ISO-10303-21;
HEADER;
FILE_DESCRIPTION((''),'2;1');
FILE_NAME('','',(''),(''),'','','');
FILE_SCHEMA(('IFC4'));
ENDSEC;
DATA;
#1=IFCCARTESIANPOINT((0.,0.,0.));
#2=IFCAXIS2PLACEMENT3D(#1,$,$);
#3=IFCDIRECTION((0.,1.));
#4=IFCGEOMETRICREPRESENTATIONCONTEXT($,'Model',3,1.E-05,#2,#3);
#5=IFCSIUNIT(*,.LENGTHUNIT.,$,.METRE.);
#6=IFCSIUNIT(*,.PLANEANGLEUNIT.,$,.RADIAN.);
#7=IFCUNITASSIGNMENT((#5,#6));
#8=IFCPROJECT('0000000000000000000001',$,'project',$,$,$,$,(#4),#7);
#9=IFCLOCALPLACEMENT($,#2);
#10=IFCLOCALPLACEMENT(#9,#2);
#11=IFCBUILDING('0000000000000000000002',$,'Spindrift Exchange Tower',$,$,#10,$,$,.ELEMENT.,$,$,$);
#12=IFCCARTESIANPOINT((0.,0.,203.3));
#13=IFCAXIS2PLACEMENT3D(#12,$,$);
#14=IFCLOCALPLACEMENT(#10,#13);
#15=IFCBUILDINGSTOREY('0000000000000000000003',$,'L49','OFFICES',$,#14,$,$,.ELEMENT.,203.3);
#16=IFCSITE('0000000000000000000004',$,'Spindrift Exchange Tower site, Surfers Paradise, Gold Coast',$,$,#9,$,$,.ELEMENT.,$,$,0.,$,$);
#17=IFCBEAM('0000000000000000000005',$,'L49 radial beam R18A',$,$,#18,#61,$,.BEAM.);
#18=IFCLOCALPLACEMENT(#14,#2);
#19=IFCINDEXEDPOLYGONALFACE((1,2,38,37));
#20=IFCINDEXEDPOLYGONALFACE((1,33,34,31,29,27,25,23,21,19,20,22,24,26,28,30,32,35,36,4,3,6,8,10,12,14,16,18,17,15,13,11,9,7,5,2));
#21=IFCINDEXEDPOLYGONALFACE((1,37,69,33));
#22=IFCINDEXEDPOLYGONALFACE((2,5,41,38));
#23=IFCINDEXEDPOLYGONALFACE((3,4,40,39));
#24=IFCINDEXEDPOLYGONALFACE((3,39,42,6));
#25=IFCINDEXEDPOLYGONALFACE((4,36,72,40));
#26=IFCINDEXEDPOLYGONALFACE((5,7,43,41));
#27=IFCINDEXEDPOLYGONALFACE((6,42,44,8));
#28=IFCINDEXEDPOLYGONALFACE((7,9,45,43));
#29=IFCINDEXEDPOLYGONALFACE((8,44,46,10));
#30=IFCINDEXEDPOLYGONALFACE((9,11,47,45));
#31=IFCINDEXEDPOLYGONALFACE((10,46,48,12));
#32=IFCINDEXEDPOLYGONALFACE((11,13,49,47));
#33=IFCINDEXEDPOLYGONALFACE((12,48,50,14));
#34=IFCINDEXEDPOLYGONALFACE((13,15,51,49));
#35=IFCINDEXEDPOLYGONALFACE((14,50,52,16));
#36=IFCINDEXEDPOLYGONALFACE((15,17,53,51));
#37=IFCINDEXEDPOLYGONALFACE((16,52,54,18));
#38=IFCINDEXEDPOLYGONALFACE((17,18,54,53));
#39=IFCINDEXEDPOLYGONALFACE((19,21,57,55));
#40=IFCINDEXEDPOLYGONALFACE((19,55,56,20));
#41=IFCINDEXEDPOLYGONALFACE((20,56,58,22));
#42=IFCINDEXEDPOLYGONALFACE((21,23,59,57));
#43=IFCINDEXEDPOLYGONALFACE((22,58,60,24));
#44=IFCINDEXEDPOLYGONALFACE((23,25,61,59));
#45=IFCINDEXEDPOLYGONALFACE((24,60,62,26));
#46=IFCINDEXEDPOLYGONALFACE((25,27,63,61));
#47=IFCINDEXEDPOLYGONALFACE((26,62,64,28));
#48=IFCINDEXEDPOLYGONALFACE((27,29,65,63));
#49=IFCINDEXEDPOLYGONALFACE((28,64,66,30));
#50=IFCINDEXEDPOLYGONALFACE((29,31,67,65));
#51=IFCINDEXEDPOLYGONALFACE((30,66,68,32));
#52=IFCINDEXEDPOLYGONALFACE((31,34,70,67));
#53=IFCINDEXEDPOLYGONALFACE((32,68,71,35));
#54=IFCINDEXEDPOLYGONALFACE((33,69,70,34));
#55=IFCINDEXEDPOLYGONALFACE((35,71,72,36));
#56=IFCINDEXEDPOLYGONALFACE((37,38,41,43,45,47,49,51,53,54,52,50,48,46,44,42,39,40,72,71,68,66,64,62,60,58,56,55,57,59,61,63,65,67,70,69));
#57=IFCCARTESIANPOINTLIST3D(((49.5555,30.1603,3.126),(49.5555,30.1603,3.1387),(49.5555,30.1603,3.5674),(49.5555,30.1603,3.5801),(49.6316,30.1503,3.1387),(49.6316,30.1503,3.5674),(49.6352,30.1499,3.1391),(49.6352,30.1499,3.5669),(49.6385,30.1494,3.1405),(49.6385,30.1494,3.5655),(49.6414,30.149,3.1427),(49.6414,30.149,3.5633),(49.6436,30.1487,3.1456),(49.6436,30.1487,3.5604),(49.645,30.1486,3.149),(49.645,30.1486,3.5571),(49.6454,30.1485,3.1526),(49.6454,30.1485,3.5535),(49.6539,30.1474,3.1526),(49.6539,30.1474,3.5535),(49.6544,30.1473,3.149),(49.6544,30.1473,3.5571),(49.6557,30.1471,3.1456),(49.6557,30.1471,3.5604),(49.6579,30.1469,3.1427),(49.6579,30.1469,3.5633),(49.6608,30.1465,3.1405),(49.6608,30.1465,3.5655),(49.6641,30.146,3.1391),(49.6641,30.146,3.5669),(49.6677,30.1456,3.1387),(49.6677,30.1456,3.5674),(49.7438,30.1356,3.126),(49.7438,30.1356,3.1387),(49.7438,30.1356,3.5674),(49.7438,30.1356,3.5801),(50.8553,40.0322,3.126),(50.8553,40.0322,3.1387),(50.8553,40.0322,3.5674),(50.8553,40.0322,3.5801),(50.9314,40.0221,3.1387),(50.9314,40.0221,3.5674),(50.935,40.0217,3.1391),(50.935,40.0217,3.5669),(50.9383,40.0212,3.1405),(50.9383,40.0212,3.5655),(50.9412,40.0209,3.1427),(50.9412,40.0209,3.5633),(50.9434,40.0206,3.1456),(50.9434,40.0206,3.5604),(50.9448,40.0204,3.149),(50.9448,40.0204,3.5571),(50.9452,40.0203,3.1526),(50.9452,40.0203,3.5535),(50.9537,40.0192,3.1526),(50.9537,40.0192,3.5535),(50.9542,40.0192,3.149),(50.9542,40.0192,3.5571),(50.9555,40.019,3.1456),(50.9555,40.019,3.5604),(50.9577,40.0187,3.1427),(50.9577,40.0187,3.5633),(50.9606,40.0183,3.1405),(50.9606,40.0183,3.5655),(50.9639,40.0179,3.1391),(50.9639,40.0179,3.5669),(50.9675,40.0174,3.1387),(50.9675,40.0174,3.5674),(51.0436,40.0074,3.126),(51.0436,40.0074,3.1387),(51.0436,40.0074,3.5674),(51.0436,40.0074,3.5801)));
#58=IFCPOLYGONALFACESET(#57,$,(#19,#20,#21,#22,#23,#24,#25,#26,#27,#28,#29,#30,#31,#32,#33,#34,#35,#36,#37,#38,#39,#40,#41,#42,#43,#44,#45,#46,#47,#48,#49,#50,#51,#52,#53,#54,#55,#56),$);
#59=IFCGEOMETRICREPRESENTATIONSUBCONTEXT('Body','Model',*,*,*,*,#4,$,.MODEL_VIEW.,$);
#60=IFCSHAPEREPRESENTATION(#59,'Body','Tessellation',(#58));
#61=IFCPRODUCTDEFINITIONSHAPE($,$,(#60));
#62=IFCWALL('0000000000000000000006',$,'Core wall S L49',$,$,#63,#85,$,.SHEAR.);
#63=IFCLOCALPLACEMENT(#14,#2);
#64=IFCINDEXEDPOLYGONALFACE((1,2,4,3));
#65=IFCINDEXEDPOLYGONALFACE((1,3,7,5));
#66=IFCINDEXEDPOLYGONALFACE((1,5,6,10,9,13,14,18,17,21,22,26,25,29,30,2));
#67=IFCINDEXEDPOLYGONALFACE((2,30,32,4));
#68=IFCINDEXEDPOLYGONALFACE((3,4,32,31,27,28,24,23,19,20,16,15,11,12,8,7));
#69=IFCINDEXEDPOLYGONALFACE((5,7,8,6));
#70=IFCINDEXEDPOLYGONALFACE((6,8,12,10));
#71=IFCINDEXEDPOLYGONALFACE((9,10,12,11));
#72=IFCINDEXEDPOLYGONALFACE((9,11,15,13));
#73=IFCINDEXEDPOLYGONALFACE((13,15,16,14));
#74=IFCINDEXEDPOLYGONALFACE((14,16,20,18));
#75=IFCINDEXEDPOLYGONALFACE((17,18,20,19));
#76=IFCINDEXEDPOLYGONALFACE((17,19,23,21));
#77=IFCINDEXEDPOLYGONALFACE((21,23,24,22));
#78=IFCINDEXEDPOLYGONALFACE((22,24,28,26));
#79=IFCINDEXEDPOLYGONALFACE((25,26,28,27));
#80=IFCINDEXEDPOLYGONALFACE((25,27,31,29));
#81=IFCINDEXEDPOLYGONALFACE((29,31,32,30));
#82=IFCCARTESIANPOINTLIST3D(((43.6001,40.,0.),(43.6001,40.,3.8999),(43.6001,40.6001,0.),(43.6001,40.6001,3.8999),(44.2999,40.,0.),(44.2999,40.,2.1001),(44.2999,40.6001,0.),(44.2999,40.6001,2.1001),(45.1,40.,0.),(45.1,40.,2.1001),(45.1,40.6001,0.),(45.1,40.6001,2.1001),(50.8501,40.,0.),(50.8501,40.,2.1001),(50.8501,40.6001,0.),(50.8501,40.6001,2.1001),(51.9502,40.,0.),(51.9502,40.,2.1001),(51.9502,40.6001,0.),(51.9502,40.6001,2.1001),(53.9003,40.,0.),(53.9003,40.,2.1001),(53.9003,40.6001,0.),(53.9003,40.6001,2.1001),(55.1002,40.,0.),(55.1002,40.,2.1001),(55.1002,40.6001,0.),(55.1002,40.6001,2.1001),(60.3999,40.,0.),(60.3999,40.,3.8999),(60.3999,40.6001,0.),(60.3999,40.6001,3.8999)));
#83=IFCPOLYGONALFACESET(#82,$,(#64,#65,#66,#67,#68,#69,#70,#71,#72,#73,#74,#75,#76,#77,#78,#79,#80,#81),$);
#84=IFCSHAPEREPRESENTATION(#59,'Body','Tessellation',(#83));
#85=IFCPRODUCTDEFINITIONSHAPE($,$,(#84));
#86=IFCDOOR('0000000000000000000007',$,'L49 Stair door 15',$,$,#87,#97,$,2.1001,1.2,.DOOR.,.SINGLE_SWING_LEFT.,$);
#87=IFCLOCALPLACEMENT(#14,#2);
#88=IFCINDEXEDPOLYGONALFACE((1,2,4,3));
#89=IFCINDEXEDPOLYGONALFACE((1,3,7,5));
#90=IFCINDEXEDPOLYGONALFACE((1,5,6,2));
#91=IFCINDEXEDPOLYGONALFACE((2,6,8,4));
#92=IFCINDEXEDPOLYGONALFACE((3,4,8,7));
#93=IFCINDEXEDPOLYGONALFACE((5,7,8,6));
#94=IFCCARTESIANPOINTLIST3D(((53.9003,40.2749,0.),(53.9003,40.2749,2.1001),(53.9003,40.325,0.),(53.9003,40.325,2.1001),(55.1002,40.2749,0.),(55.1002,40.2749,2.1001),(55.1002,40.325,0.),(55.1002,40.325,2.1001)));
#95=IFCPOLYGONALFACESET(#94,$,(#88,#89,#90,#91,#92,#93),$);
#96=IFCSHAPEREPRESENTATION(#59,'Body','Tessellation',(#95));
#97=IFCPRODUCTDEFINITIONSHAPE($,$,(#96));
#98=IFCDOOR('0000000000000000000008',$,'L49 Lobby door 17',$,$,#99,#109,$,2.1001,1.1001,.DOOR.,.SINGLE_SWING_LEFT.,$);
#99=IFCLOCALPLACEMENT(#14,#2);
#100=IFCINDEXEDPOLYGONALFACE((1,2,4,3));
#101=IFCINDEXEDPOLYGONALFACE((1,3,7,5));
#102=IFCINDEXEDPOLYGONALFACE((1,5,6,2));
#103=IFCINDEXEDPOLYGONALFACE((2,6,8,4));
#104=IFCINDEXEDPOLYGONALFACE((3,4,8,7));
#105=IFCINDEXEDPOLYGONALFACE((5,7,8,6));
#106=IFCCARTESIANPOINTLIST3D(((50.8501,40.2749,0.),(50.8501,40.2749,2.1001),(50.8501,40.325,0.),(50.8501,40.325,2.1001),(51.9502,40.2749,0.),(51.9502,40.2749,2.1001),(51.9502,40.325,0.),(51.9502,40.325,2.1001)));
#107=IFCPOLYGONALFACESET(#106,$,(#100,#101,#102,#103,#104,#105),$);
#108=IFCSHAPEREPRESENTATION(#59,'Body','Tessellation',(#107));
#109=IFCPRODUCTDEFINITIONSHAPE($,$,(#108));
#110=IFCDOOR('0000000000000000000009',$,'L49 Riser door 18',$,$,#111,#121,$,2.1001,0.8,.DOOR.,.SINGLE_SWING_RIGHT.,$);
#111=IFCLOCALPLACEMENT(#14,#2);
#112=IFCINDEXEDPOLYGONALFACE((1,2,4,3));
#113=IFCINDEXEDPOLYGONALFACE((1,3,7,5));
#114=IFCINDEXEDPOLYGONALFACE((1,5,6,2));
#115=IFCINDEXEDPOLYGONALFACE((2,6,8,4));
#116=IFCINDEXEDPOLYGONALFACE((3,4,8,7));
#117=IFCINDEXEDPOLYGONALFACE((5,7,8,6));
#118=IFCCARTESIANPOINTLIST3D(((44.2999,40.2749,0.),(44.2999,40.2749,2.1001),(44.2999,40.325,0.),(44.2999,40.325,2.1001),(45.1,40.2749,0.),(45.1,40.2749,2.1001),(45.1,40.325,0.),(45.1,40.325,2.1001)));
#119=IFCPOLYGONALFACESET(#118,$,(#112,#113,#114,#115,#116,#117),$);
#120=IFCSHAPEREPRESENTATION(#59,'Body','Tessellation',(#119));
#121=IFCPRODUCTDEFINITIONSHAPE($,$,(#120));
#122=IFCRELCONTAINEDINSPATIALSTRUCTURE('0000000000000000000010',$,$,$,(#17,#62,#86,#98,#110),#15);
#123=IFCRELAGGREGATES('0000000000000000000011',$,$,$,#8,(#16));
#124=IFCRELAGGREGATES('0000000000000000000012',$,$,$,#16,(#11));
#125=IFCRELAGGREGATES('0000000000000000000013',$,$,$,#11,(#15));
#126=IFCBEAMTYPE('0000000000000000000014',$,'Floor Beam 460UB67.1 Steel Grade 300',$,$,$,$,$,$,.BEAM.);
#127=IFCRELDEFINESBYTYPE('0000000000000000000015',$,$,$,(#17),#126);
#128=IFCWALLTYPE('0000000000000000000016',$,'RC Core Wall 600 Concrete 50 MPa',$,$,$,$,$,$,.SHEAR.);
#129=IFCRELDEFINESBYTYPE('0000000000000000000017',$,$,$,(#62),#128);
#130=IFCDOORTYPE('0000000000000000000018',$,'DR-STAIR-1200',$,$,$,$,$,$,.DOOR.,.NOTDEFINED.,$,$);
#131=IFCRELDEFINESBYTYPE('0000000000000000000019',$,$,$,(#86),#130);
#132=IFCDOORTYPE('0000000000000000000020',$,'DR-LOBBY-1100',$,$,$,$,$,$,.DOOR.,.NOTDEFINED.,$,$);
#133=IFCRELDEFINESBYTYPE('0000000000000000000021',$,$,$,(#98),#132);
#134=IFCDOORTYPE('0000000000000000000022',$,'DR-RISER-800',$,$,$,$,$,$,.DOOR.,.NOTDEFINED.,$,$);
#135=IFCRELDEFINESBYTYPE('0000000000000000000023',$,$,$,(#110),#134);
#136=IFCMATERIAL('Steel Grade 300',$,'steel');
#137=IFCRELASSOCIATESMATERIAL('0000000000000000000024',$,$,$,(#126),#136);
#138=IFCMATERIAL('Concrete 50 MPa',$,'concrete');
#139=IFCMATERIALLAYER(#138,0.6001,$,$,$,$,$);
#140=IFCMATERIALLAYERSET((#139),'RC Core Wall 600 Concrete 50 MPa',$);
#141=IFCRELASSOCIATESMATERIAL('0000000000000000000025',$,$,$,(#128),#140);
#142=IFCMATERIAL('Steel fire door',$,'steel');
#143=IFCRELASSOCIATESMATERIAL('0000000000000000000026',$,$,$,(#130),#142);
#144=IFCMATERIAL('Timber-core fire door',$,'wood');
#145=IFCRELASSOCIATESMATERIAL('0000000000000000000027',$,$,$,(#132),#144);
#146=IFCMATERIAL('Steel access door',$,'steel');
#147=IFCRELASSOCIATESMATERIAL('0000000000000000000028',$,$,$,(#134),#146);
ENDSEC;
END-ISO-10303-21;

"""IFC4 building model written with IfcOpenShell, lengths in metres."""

from ifc_helpers import new_model, si_unit, direction, frame, frame_2d, origin, origin_2d, place, context, subcontext, project, spatial, rectangle, i_section, extrude, source, transform, mapped, material, layer, layer_set, material_profile, profile_set, type_object, element, fill, save


model = new_model("IFC4")

# Units and contexts
model_context = context("Model", 3, precision=1e-05, world=origin(), true_north=direction((0.0, 1.0)))
body_context = subcontext(model_context, "Body", "Model", "MODEL_VIEW")
ifc_project = project(units=[si_unit("LENGTHUNIT", "METRE"), si_unit("PLANEANGLEUNIT", "RADIAN")], contexts=[model_context])

# Site, building, storey
site_placement = place(None, origin())
site = spatial("IfcSite", under=ifc_project, at=site_placement, Name="Spindrift Exchange Tower site, Surfers Paradise, Gold Coast", CompositionType="ELEMENT", RefElevation=0.0)
building_placement = place(site_placement, origin())
building = spatial("IfcBuilding", under=site, at=building_placement, Name="Spindrift Exchange Tower", CompositionType="ELEMENT")
storey_placement = place(building_placement, frame((0.0, 0.0, 203.3)))
storey = spatial("IfcBuildingStorey", under=building, at=storey_placement, Name="L49", Description="OFFICES", CompositionType="ELEMENT", Elevation=203.3)

# Beam
ifc_material_1 = material(Name="Steel Grade 300", Category="steel")
ifc_material_profile_1 = material_profile(ifc_material_1, i_section(OverallWidth=0.1899, OverallDepth=0.4541, WebThickness=0.0085, FlangeThickness=0.0127, FilletRadius=0.0139, at=origin_2d()), Name="460UB67.1")
ifc_profile_set_1 = profile_set([ifc_material_profile_1], Name="Steel Grade 300")
beam_type_1 = type_object("IfcBeamType", Name="Floor Beam 460UB67.1 Steel Grade 300", PredefinedType="BEAM", material=ifc_profile_set_1)
shared_shape_1 = source(origin(), body_context, "Body", "SweptSolid", [
    extrude(i_section(OverallWidth=0.1899, OverallDepth=0.4541, WebThickness=0.0085, FlangeThickness=0.0127, FilletRadius=0.0139, at=origin_2d()), origin(), (0.0, 0.0, 1.0), 9.957),
])
beam_1_placement = place(storey_placement, frame((50.9495, 40.0198, 3.353), z_axis=(-0.130541, -0.991443, 0.0), x_axis=(0.991443, -0.130541, 0.0)))
element("IfcBeam", 1, at=beam_1_placement, inside=storey, type_object=beam_type_1, Name="L49 radial beam R18A", PredefinedType="BEAM", context=body_context, shape_type="MappedRepresentation", body=[
    mapped(shared_shape_1, transform((0.0, 0.0, 0.0), scale=1.0)),
])

# Wall, openings, doors
ifc_material_2 = material(Name="Concrete 50 MPa", Category="concrete")
ifc_layer_1 = layer(ifc_material_2, 0.6001)
ifc_layer_set_1 = layer_set([ifc_layer_1], Name="RC Core Wall 600 Concrete 50 MPa")
wall_type_1 = type_object("IfcWallType", Name="RC Core Wall 600 Concrete 50 MPa", PredefinedType="SHEAR", material=ifc_layer_set_1)
wall_1_placement = place(storey_placement, frame((43.6001, 40.3, 0.0), z_axis=(0.0, 0.0, 1.0), x_axis=(1.0, 0.0, 0.0)))
wall_1 = element("IfcWall", 2, at=wall_1_placement, inside=storey, type_object=wall_type_1, Name="Core wall S L49", PredefinedType="SHEAR", context=body_context, shape_type="SweptSolid", body=[
    extrude(rectangle(XDim=16.7998, YDim=0.6001, at=frame_2d((8.3999, 0.0))), origin(), (0.0, 0.0, 1.0), 3.8999),
])
opening_1_placement = place(wall_1_placement, frame((10.3, 0.0, 0.0)))
opening_1 = element("IfcOpeningElement", 3, at=opening_1_placement, cuts=wall_1, PredefinedType="OPENING", context=body_context, shape_type="SweptSolid", body=[
    extrude(rectangle(XDim=1.2, YDim=2.1001, at=frame_2d((0.6001, 1.05))), frame((0.0, 0.3101, 0.0), z_axis=(0.0, -1.0, 0.0), x_axis=(1.0, 0.0, 0.0)), (0.0, 0.0, 1.0), 0.6201),
])
opening_2_placement = place(wall_1_placement, frame((7.25, 0.0, 0.0)))
opening_2 = element("IfcOpeningElement", 4, at=opening_2_placement, cuts=wall_1, PredefinedType="OPENING", context=body_context, shape_type="SweptSolid", body=[
    extrude(rectangle(XDim=1.1001, YDim=2.1001, at=frame_2d((0.55, 1.05))), frame((0.0, 0.3101, 0.0), z_axis=(0.0, -1.0, 0.0), x_axis=(1.0, 0.0, 0.0)), (0.0, 0.0, 1.0), 0.6201),
])
opening_3_placement = place(wall_1_placement, frame((0.7, 0.0, 0.0)))
opening_3 = element("IfcOpeningElement", 5, at=opening_3_placement, cuts=wall_1, PredefinedType="OPENING", context=body_context, shape_type="SweptSolid", body=[
    extrude(rectangle(XDim=0.8, YDim=2.1001, at=frame_2d((0.3999, 1.05))), frame((0.0, 0.3101, 0.0), z_axis=(0.0, -1.0, 0.0), x_axis=(1.0, 0.0, 0.0)), (0.0, 0.0, 1.0), 0.6201),
])
ifc_material_3 = material(Name="Steel fire door", Category="steel")
door_type_1 = type_object("IfcDoorType", Name="DR-STAIR-1200", OperationType="NOTDEFINED", PredefinedType="DOOR", material=ifc_material_3)
shared_shape_2 = source(origin(), body_context, "Body", "SweptSolid", [
    extrude(rectangle(XDim=1.2, YDim=2.1001, at=frame_2d((0.6001, 1.05))), frame((0.0, 0.0249, 0.0), z_axis=(0.0, -1.0, 0.0), x_axis=(1.0, 0.0, 0.0)), (0.0, 0.0, 1.0), 0.05),
])
door_1_placement = place(opening_1_placement, origin())
door_1 = element("IfcDoor", 6, at=door_1_placement, inside=storey, type_object=door_type_1, Name="L49 Stair door 15", OperationType="SINGLE_SWING_LEFT", OverallHeight=2.1001, OverallWidth=1.2, PredefinedType="DOOR", context=body_context, shape_type="MappedRepresentation", body=[
    mapped(shared_shape_2, transform((0.0, 0.0, 0.0), scale=1.0)),
])
fill(opening_1, door_1)
ifc_material_4 = material(Name="Timber-core fire door", Category="wood")
door_type_2 = type_object("IfcDoorType", Name="DR-LOBBY-1100", OperationType="NOTDEFINED", PredefinedType="DOOR", material=ifc_material_4)
shared_shape_3 = source(origin(), body_context, "Body", "SweptSolid", [
    extrude(rectangle(XDim=1.1001, YDim=2.1001, at=frame_2d((0.55, 1.05))), frame((0.0, 0.0249, 0.0), z_axis=(0.0, -1.0, 0.0), x_axis=(1.0, 0.0, 0.0)), (0.0, 0.0, 1.0), 0.05),
])
door_2_placement = place(opening_2_placement, origin())
door_2 = element("IfcDoor", 7, at=door_2_placement, inside=storey, type_object=door_type_2, Name="L49 Lobby door 17", OperationType="SINGLE_SWING_LEFT", OverallHeight=2.1001, OverallWidth=1.1001, PredefinedType="DOOR", context=body_context, shape_type="MappedRepresentation", body=[
    mapped(shared_shape_3, transform((0.0, 0.0, 0.0), scale=1.0)),
])
fill(opening_2, door_2)
ifc_material_5 = material(Name="Steel access door", Category="steel")
door_type_3 = type_object("IfcDoorType", Name="DR-RISER-800", OperationType="NOTDEFINED", PredefinedType="DOOR", material=ifc_material_5)
shared_shape_4 = source(origin(), body_context, "Body", "SweptSolid", [
    extrude(rectangle(XDim=0.8, YDim=2.1001, at=frame_2d((0.3999, 1.05))), frame((0.0, 0.0249, 0.0), z_axis=(0.0, -1.0, 0.0), x_axis=(1.0, 0.0, 0.0)), (0.0, 0.0, 1.0), 0.05),
])
door_3_placement = place(opening_3_placement, origin())
door_3 = element("IfcDoor", 8, at=door_3_placement, inside=storey, type_object=door_type_3, Name="L49 Riser door 18", OperationType="SINGLE_SWING_RIGHT", OverallHeight=2.1001, OverallWidth=0.8, PredefinedType="DOOR", context=body_context, shape_type="MappedRepresentation", body=[
    mapped(shared_shape_4, transform((0.0, 0.0, 0.0), scale=1.0)),
])
fill(opening_3, door_3)

save(model, "model.ifc")
